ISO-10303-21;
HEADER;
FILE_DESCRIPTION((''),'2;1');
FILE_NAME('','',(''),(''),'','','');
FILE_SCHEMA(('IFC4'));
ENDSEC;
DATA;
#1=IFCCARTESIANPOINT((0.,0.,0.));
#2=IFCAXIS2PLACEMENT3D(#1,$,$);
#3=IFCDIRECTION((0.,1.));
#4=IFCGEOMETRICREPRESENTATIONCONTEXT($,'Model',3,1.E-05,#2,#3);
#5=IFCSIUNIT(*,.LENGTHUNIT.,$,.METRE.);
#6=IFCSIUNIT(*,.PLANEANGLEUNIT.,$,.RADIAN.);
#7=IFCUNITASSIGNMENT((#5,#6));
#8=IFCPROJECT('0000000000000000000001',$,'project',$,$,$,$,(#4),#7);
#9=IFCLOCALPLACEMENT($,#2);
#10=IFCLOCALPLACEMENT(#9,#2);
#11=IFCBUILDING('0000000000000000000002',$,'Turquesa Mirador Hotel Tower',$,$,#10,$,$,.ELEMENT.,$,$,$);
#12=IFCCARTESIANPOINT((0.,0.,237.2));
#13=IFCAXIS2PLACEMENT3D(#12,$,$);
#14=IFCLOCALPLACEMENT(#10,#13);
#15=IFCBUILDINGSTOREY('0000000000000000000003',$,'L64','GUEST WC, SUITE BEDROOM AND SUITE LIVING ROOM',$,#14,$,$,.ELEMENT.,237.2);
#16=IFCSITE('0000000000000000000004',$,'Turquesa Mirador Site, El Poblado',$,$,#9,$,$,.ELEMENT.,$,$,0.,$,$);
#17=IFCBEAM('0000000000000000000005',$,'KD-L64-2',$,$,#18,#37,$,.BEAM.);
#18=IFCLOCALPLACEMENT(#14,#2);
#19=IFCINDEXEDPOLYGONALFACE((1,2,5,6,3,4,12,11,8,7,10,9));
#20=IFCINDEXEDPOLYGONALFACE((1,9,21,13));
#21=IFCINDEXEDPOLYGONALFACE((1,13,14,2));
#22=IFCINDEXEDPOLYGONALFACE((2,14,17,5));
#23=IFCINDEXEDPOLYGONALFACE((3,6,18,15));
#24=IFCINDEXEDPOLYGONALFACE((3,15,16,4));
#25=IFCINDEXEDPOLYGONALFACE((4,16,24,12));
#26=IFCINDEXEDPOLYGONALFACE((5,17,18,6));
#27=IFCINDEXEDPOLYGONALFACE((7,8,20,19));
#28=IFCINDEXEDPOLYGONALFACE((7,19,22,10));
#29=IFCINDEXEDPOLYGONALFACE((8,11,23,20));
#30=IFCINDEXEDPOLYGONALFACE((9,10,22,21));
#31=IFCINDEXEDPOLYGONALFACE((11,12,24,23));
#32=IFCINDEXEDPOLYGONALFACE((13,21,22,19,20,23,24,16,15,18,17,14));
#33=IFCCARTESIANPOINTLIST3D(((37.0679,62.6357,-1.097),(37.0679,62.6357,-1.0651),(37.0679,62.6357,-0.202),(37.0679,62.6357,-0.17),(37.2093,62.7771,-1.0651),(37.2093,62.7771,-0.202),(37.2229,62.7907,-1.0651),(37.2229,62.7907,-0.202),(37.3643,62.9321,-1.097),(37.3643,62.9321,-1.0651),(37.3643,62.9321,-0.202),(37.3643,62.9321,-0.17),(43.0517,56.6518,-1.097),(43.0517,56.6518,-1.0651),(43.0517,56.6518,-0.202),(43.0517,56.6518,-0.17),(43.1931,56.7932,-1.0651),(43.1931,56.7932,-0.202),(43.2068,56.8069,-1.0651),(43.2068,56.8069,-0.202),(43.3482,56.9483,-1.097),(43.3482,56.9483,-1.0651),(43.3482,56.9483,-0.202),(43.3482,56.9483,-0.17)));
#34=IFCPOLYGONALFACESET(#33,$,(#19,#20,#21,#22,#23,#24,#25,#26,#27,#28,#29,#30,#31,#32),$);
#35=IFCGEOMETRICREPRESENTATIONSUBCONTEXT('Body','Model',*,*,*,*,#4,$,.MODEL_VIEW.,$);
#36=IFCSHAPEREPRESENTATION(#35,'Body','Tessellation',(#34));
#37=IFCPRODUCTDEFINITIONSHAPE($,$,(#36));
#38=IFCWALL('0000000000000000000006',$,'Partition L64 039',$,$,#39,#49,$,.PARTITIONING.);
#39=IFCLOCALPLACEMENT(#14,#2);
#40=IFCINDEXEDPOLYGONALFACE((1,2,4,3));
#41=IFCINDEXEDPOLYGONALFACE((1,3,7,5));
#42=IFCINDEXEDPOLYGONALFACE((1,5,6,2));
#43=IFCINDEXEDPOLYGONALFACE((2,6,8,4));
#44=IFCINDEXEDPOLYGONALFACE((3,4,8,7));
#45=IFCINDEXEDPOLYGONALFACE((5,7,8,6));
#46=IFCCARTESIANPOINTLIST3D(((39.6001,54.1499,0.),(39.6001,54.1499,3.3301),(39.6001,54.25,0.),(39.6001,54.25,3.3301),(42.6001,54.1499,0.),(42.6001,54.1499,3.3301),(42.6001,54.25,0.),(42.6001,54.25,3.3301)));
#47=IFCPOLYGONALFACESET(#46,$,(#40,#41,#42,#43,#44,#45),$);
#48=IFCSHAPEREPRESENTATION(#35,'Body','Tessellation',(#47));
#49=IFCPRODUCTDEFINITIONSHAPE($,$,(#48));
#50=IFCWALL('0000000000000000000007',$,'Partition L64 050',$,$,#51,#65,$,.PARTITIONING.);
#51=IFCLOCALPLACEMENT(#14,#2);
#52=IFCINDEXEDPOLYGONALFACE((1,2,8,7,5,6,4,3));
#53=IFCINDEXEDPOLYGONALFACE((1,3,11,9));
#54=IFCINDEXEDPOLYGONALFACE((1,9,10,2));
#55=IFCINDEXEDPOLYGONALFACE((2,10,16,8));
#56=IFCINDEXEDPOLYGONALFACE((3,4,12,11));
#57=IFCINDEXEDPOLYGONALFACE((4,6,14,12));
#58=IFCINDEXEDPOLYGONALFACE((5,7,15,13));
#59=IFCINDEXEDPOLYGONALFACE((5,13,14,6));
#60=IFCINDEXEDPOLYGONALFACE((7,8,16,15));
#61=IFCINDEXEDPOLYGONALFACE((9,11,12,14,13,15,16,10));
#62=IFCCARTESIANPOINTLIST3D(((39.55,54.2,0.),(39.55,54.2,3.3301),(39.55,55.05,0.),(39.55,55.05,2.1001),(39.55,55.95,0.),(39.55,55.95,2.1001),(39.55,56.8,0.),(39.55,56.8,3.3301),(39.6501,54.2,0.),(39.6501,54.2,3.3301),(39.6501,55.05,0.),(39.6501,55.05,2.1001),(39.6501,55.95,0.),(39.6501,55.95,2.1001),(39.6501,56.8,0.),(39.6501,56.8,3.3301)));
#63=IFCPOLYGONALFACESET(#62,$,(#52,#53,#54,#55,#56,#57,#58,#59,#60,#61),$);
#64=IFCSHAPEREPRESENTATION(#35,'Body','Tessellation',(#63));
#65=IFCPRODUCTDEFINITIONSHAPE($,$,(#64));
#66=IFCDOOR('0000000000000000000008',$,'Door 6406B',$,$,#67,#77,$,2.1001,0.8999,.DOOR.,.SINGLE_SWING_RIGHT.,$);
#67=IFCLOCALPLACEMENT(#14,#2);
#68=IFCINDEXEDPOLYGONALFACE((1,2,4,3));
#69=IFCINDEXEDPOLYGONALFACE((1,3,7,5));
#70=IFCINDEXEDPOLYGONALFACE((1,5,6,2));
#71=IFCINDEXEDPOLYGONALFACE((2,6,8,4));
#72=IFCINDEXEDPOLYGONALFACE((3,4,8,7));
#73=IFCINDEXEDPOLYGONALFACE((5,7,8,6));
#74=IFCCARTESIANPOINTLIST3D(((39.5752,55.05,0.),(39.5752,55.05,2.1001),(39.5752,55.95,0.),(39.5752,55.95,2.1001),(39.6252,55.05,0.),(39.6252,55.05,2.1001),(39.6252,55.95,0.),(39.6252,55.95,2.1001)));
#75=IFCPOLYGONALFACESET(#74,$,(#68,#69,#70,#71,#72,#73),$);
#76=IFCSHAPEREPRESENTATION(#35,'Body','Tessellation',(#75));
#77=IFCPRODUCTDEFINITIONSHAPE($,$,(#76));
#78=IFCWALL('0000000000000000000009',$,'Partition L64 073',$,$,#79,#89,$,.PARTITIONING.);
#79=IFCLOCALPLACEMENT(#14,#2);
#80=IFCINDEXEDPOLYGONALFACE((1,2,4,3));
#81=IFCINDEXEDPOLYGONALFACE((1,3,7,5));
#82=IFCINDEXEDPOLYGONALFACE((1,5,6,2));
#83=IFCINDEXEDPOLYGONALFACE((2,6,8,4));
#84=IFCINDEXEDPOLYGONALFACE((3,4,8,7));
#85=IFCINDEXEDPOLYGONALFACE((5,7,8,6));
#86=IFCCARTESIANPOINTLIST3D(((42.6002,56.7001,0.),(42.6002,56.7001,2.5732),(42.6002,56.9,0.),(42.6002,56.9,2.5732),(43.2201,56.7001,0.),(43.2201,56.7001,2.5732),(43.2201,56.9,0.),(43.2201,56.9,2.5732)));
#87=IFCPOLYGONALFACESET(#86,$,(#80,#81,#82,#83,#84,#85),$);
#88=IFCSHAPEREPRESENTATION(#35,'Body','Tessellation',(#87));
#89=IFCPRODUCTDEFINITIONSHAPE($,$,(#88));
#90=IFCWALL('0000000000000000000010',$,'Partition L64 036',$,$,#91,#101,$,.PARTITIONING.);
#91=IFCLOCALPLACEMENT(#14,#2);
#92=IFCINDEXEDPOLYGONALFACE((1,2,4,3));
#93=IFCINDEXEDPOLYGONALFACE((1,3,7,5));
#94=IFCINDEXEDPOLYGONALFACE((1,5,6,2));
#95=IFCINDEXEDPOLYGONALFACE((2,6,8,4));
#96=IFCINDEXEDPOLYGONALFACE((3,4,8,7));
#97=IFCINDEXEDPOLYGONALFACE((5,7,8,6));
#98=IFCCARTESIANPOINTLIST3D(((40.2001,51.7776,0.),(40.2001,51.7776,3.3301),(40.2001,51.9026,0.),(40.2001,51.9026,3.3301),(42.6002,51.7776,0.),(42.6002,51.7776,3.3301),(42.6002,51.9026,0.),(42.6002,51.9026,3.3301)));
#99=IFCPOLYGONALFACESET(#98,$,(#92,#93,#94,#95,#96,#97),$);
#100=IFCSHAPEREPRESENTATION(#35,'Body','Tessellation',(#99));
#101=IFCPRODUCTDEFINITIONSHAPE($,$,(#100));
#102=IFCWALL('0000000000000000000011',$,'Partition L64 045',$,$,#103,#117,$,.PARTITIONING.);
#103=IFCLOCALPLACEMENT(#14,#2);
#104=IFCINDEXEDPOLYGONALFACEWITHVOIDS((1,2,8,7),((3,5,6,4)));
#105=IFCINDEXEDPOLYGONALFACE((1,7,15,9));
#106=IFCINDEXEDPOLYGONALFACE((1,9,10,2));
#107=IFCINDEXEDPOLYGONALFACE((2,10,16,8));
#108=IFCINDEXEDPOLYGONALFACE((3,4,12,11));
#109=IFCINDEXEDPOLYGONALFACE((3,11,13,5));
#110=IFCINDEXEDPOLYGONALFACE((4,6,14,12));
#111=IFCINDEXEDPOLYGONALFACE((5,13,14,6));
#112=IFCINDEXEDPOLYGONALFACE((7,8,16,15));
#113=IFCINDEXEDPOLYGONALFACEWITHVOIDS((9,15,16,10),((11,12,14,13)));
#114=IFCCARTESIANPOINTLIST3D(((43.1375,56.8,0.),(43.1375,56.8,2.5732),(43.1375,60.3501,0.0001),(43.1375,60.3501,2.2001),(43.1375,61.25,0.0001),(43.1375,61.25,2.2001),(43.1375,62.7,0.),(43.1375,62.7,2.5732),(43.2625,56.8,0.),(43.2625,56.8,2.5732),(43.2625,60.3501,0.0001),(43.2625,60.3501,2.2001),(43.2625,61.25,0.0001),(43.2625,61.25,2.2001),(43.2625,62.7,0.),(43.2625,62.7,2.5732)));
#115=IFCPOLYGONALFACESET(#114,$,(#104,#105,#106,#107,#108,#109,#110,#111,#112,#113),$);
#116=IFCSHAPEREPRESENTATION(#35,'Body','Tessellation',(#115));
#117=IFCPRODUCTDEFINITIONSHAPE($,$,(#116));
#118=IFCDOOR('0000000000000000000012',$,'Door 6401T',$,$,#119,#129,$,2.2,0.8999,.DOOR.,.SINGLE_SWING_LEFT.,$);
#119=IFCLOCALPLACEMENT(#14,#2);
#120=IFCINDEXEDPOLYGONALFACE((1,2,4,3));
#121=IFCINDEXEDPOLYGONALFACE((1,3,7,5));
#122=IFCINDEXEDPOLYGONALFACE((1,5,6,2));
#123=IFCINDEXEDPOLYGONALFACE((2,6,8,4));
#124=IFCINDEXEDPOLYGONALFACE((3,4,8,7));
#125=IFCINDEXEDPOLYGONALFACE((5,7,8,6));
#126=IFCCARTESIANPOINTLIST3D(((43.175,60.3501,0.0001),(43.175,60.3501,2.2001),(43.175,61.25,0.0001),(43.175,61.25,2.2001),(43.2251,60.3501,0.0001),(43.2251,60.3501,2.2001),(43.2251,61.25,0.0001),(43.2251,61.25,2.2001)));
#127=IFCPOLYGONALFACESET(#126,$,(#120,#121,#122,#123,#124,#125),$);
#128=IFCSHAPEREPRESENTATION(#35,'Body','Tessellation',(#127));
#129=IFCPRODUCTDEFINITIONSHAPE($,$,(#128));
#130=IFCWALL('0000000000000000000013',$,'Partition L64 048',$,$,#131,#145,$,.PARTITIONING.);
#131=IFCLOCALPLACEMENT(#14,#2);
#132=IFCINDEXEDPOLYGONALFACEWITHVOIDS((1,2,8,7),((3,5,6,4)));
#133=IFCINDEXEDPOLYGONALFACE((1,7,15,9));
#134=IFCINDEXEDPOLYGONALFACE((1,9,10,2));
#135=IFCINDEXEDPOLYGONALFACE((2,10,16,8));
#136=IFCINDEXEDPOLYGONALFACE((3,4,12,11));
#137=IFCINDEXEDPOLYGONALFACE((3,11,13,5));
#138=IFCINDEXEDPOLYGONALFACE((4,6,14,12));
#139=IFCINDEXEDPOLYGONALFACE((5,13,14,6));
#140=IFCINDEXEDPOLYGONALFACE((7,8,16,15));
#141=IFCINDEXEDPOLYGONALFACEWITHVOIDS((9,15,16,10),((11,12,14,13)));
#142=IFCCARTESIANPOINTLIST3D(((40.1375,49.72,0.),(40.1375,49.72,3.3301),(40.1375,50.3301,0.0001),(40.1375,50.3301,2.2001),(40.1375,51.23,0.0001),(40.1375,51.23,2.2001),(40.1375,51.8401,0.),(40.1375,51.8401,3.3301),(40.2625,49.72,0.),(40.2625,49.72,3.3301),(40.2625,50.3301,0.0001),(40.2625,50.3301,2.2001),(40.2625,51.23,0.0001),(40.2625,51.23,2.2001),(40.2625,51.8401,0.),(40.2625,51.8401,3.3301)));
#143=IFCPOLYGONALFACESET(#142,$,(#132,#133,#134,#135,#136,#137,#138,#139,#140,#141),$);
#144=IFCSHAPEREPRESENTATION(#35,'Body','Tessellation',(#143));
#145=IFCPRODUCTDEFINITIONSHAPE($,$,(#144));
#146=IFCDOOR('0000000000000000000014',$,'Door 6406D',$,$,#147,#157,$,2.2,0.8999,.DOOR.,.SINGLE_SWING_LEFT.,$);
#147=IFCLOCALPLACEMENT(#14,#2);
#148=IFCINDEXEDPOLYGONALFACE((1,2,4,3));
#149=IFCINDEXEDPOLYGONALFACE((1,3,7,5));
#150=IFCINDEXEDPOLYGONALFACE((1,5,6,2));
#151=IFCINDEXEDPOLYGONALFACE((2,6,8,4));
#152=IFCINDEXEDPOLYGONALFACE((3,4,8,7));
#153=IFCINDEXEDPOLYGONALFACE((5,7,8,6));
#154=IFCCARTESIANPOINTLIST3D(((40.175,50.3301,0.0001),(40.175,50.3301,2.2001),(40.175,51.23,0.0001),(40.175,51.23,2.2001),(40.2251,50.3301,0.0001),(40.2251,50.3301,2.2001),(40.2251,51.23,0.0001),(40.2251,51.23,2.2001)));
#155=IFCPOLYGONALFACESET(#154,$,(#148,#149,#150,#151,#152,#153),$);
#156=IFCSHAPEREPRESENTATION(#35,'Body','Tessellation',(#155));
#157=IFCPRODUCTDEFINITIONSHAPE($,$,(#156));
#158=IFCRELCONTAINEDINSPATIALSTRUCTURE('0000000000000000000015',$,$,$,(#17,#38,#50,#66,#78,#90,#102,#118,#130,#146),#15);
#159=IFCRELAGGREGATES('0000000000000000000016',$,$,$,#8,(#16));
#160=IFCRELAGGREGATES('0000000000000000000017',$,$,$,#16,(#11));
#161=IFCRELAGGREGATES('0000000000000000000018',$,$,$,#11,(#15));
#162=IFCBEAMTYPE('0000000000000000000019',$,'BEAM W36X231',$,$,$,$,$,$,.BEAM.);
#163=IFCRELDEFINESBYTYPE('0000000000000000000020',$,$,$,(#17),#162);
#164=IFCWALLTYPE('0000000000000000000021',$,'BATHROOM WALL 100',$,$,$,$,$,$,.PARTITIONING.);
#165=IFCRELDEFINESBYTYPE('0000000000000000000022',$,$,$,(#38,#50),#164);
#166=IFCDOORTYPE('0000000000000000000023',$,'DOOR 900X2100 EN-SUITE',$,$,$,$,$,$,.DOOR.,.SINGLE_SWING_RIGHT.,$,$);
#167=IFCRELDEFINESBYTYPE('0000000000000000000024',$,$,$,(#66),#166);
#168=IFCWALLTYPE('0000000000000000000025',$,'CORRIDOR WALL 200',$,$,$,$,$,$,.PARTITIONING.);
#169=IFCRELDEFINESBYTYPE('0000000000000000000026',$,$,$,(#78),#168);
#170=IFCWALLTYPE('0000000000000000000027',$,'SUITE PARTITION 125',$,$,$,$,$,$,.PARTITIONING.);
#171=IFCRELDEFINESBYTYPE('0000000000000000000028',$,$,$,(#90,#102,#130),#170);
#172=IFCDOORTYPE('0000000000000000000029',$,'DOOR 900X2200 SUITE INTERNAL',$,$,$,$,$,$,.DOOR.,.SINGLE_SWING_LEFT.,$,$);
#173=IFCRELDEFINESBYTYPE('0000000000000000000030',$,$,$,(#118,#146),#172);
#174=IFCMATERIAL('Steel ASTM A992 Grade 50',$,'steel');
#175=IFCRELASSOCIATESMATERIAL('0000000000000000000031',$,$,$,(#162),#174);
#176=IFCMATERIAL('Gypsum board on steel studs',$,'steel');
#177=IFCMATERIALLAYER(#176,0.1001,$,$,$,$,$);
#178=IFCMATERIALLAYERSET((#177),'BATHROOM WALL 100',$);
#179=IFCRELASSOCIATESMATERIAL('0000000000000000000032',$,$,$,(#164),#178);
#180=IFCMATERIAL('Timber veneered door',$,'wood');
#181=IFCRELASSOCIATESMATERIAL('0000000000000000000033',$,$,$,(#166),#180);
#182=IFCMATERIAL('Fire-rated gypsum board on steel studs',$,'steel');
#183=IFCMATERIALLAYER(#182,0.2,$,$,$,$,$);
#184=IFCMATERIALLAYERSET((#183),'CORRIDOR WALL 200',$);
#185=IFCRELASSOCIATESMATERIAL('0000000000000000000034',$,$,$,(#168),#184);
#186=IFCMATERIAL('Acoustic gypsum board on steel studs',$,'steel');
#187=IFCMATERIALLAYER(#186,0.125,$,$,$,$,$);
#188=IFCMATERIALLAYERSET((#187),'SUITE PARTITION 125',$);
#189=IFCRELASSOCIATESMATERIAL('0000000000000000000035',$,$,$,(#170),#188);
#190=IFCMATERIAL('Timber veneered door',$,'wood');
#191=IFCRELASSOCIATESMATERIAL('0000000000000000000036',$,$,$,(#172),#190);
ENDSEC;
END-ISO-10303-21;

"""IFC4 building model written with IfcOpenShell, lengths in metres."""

from ifc_helpers import new_model, si_unit, direction, frame, frame_2d, origin, origin_2d, place, context, subcontext, project, spatial, rectangle, i_section, extrude, material, layer, layer_set, material_profile, profile_set, type_object, element, fill, save


model = new_model("IFC4")

# Units and contexts
model_context = context("Model", 3, precision=1e-05, world=origin(), true_north=direction((0.0, 1.0)))
body_context = subcontext(model_context, "Body", "Model", "MODEL_VIEW")
ifc_project = project(units=[si_unit("LENGTHUNIT", "METRE"), si_unit("PLANEANGLEUNIT", "RADIAN")], contexts=[model_context])

# Site, building, storey
site_placement = place(None, origin())
site = spatial("IfcSite", under=ifc_project, at=site_placement, Name="Turquesa Mirador Site, El Poblado", CompositionType="ELEMENT", RefElevation=0.0)
building_placement = place(site_placement, origin())
building = spatial("IfcBuilding", under=site, at=building_placement, Name="Turquesa Mirador Hotel Tower", CompositionType="ELEMENT")
storey_placement = place(building_placement, frame((0.0, 0.0, 237.2)))
storey = spatial("IfcBuildingStorey", under=building, at=storey_placement, Name="L64", Description="GUEST WC, SUITE BEDROOM AND SUITE LIVING ROOM", CompositionType="ELEMENT", Elevation=237.2)

# Beam
ifc_material_1 = material(Name="Steel ASTM A992 Grade 50", Category="steel")
ifc_material_profile_1 = material_profile(ifc_material_1, i_section(OverallWidth=0.4192, OverallDepth=0.927, WebThickness=0.0193, FlangeThickness=0.032, at=origin_2d()), Name="W36X231")
ifc_profile_set_1 = profile_set([ifc_material_profile_1], Name="Steel ASTM A992 Grade 50")
beam_type_1 = type_object("IfcBeamType", Name="BEAM W36X231", PredefinedType="BEAM", material=ifc_profile_set_1)
beam_1_placement = place(storey_placement, frame((43.2, 56.8, -0.6335), z_axis=(-0.707107, 0.707107, 0.0), x_axis=(-0.707107, -0.707107, 0.0)))
element("IfcBeam", 1, at=beam_1_placement, inside=storey, type_object=beam_type_1, Name="KD-L64-2", PredefinedType="BEAM", context=body_context, shape_type="SweptSolid", body=[
    extrude(i_section(OverallWidth=0.4192, OverallDepth=0.927, WebThickness=0.0193, FlangeThickness=0.032, at=origin_2d()), origin(), (0.0, 0.0, 1.0), 8.4624),
])

# Wall
ifc_material_2 = material(Name="Gypsum board on steel studs", Category="steel")
ifc_layer_1 = layer(ifc_material_2, 0.1001)
ifc_layer_set_1 = layer_set([ifc_layer_1], Name="BATHROOM WALL 100")
wall_type_1 = type_object("IfcWallType", Name="BATHROOM WALL 100", PredefinedType="PARTITIONING", material=ifc_layer_set_1)
wall_1_placement = place(storey_placement, frame((39.6001, 54.2, 0.0), z_axis=(0.0, 0.0, 1.0), x_axis=(1.0, 0.0, 0.0)))
element("IfcWall", 2, at=wall_1_placement, inside=storey, type_object=wall_type_1, Name="Partition L64 039", PredefinedType="PARTITIONING", context=body_context, shape_type="SweptSolid", body=[
    extrude(rectangle(XDim=3.0, YDim=0.1001, at=frame_2d((1.5, 0.0))), origin(), (0.0, 0.0, 1.0), 3.3301),
])

# Wall, opening, door
wall_2_placement = place(storey_placement, frame((39.6001, 54.2, 0.0), z_axis=(0.0, 0.0, 1.0), x_axis=(0.0, 1.0, 0.0)))
wall_2 = element("IfcWall", 3, at=wall_2_placement, inside=storey, type_object=wall_type_1, Name="Partition L64 050", PredefinedType="PARTITIONING", context=body_context, shape_type="SweptSolid", body=[
    extrude(rectangle(XDim=2.6001, YDim=0.1001, at=frame_2d((1.3, 0.0))), origin(), (0.0, 0.0, 1.0), 3.3301),
])
opening_1_placement = place(wall_2_placement, frame((0.8501, 0.0, 0.0)))
opening_1 = element("IfcOpeningElement", 4, at=opening_1_placement, cuts=wall_2, PredefinedType="OPENING", context=body_context, shape_type="SweptSolid", body=[
    extrude(rectangle(XDim=0.8999, YDim=2.1001, at=frame_2d((0.45, 1.05))), frame((0.0, 0.0601, 0.0), z_axis=(0.0, -1.0, 0.0), x_axis=(1.0, 0.0, 0.0)), (0.0, 0.0, 1.0), 0.1201),
])
ifc_material_3 = material(Name="Timber veneered door", Category="wood")
door_type_1 = type_object("IfcDoorType", Name="DOOR 900X2100 EN-SUITE", OperationType="SINGLE_SWING_RIGHT", PredefinedType="DOOR", material=ifc_material_3)
door_1_placement = place(opening_1_placement, origin())
door_1 = element("IfcDoor", 5, at=door_1_placement, inside=storey, type_object=door_type_1, Name="Door 6406B", OperationType="SINGLE_SWING_RIGHT", OverallHeight=2.1001, OverallWidth=0.8999, PredefinedType="DOOR", context=body_context, shape_type="SweptSolid", body=[
    extrude(rectangle(XDim=0.8999, YDim=2.1001, at=frame_2d((0.45, 1.05))), frame((0.0, 0.0249, 0.0), z_axis=(0.0, -1.0, 0.0), x_axis=(1.0, 0.0, 0.0)), (0.0, 0.0, 1.0), 0.05),
])
fill(opening_1, door_1)

# Walls
ifc_material_4 = material(Name="Fire-rated gypsum board on steel studs", Category="steel")
ifc_layer_2 = layer(ifc_material_4, 0.2)
ifc_layer_set_2 = layer_set([ifc_layer_2], Name="CORRIDOR WALL 200")
wall_type_2 = type_object("IfcWallType", Name="CORRIDOR WALL 200", PredefinedType="PARTITIONING", material=ifc_layer_set_2)
wall_3_placement = place(storey_placement, frame((42.6001, 56.8, 0.0), z_axis=(0.0, 0.0, 1.0), x_axis=(1.0, 0.0, 0.0)))
element("IfcWall", 6, at=wall_3_placement, inside=storey, type_object=wall_type_2, Name="Partition L64 073", PredefinedType="PARTITIONING", context=body_context, shape_type="SweptSolid", body=[
    extrude(rectangle(XDim=0.6199, YDim=0.2, at=frame_2d((0.3101, 0.0))), origin(), (0.0, 0.0, 1.0), 2.5732),
])
ifc_material_5 = material(Name="Acoustic gypsum board on steel studs", Category="steel")
ifc_layer_3 = layer(ifc_material_5, 0.125)
ifc_layer_set_3 = layer_set([ifc_layer_3], Name="SUITE PARTITION 125")
wall_type_3 = type_object("IfcWallType", Name="SUITE PARTITION 125", PredefinedType="PARTITIONING", material=ifc_layer_set_3)
wall_4_placement = place(storey_placement, frame((40.2, 51.8401, 0.0), z_axis=(0.0, 0.0, 1.0), x_axis=(1.0, 0.0, 0.0)))
element("IfcWall", 7, at=wall_4_placement, inside=storey, type_object=wall_type_3, Name="Partition L64 036", PredefinedType="PARTITIONING", context=body_context, shape_type="SweptSolid", body=[
    extrude(rectangle(XDim=2.4001, YDim=0.125, at=frame_2d((1.2002, 0.0))), origin(), (0.0, 0.0, 1.0), 3.3301),
])

# Walls, openings, doors
wall_5_placement = place(storey_placement, frame((43.2, 56.8, 0.0), z_axis=(0.0, 0.0, 1.0), x_axis=(0.0, 1.0, 0.0)))
wall_5 = element("IfcWall", 8, at=wall_5_placement, inside=storey, type_object=wall_type_3, Name="Partition L64 045", PredefinedType="PARTITIONING", context=body_context, shape_type="SweptSolid", body=[
    extrude(rectangle(XDim=5.8999, YDim=0.125, at=frame_2d((2.95, 0.0))), origin(), (0.0, 0.0, 1.0), 2.5732),
])
opening_2_placement = place(wall_5_placement, frame((3.55, 0.0, 0.0)))
opening_2 = element("IfcOpeningElement", 9, at=opening_2_placement, cuts=wall_5, PredefinedType="OPENING", context=body_context, shape_type="SweptSolid", body=[
    extrude(rectangle(XDim=0.8999, YDim=2.2, at=frame_2d((0.45, 1.1001))), frame((0.0, 0.0725, 0.0), z_axis=(0.0, -1.0, 0.0), x_axis=(1.0, 0.0, 0.0)), (0.0, 0.0, 1.0), 0.145),
])
ifc_material_6 = material(Name="Timber veneered door", Category="wood")
door_type_2 = type_object("IfcDoorType", Name="DOOR 900X2200 SUITE INTERNAL", OperationType="SINGLE_SWING_LEFT", PredefinedType="DOOR", material=ifc_material_6)
door_2_placement = place(opening_2_placement, origin())
door_2 = element("IfcDoor", 10, at=door_2_placement, inside=storey, type_object=door_type_2, Name="Door 6401T", OperationType="SINGLE_SWING_LEFT", OverallHeight=2.2, OverallWidth=0.8999, PredefinedType="DOOR", context=body_context, shape_type="SweptSolid", body=[
    extrude(rectangle(XDim=0.8999, YDim=2.2, at=frame_2d((0.45, 1.1001))), frame((0.0, 0.0249, 0.0), z_axis=(0.0, -1.0, 0.0), x_axis=(1.0, 0.0, 0.0)), (0.0, 0.0, 1.0), 0.05),
])
fill(opening_2, door_2)
wall_6_placement = place(storey_placement, frame((40.2, 49.72, 0.0), z_axis=(0.0, 0.0, 1.0), x_axis=(0.0, 1.0, 0.0)))
wall_6 = element("IfcWall", 11, at=wall_6_placement, inside=storey, type_object=wall_type_3, Name="Partition L64 048", PredefinedType="PARTITIONING", context=body_context, shape_type="SweptSolid", body=[
    extrude(rectangle(XDim=2.1201, YDim=0.125, at=frame_2d((1.0601, 0.0))), origin(), (0.0, 0.0, 1.0), 3.3301),
])
opening_3_placement = place(wall_6_placement, frame((0.6101, 0.0, 0.0)))
opening_3 = element("IfcOpeningElement", 12, at=opening_3_placement, cuts=wall_6, PredefinedType="OPENING", context=body_context, shape_type="SweptSolid", body=[
    extrude(rectangle(XDim=0.8999, YDim=2.2, at=frame_2d((0.45, 1.1001))), frame((0.0, 0.0725, 0.0), z_axis=(0.0, -1.0, 0.0), x_axis=(1.0, 0.0, 0.0)), (0.0, 0.0, 1.0), 0.145),
])
door_3_placement = place(opening_3_placement, origin())
door_3 = element("IfcDoor", 13, at=door_3_placement, inside=storey, type_object=door_type_2, Name="Door 6406D", OperationType="SINGLE_SWING_LEFT", OverallHeight=2.2, OverallWidth=0.8999, PredefinedType="DOOR", context=body_context, shape_type="SweptSolid", body=[
    extrude(rectangle(XDim=0.8999, YDim=2.2, at=frame_2d((0.45, 1.1001))), frame((0.0, 0.0249, 0.0), z_axis=(0.0, -1.0, 0.0), x_axis=(1.0, 0.0, 0.0)), (0.0, 0.0, 1.0), 0.05),
])
fill(opening_3, door_3)

save(model, "model.ifc")
